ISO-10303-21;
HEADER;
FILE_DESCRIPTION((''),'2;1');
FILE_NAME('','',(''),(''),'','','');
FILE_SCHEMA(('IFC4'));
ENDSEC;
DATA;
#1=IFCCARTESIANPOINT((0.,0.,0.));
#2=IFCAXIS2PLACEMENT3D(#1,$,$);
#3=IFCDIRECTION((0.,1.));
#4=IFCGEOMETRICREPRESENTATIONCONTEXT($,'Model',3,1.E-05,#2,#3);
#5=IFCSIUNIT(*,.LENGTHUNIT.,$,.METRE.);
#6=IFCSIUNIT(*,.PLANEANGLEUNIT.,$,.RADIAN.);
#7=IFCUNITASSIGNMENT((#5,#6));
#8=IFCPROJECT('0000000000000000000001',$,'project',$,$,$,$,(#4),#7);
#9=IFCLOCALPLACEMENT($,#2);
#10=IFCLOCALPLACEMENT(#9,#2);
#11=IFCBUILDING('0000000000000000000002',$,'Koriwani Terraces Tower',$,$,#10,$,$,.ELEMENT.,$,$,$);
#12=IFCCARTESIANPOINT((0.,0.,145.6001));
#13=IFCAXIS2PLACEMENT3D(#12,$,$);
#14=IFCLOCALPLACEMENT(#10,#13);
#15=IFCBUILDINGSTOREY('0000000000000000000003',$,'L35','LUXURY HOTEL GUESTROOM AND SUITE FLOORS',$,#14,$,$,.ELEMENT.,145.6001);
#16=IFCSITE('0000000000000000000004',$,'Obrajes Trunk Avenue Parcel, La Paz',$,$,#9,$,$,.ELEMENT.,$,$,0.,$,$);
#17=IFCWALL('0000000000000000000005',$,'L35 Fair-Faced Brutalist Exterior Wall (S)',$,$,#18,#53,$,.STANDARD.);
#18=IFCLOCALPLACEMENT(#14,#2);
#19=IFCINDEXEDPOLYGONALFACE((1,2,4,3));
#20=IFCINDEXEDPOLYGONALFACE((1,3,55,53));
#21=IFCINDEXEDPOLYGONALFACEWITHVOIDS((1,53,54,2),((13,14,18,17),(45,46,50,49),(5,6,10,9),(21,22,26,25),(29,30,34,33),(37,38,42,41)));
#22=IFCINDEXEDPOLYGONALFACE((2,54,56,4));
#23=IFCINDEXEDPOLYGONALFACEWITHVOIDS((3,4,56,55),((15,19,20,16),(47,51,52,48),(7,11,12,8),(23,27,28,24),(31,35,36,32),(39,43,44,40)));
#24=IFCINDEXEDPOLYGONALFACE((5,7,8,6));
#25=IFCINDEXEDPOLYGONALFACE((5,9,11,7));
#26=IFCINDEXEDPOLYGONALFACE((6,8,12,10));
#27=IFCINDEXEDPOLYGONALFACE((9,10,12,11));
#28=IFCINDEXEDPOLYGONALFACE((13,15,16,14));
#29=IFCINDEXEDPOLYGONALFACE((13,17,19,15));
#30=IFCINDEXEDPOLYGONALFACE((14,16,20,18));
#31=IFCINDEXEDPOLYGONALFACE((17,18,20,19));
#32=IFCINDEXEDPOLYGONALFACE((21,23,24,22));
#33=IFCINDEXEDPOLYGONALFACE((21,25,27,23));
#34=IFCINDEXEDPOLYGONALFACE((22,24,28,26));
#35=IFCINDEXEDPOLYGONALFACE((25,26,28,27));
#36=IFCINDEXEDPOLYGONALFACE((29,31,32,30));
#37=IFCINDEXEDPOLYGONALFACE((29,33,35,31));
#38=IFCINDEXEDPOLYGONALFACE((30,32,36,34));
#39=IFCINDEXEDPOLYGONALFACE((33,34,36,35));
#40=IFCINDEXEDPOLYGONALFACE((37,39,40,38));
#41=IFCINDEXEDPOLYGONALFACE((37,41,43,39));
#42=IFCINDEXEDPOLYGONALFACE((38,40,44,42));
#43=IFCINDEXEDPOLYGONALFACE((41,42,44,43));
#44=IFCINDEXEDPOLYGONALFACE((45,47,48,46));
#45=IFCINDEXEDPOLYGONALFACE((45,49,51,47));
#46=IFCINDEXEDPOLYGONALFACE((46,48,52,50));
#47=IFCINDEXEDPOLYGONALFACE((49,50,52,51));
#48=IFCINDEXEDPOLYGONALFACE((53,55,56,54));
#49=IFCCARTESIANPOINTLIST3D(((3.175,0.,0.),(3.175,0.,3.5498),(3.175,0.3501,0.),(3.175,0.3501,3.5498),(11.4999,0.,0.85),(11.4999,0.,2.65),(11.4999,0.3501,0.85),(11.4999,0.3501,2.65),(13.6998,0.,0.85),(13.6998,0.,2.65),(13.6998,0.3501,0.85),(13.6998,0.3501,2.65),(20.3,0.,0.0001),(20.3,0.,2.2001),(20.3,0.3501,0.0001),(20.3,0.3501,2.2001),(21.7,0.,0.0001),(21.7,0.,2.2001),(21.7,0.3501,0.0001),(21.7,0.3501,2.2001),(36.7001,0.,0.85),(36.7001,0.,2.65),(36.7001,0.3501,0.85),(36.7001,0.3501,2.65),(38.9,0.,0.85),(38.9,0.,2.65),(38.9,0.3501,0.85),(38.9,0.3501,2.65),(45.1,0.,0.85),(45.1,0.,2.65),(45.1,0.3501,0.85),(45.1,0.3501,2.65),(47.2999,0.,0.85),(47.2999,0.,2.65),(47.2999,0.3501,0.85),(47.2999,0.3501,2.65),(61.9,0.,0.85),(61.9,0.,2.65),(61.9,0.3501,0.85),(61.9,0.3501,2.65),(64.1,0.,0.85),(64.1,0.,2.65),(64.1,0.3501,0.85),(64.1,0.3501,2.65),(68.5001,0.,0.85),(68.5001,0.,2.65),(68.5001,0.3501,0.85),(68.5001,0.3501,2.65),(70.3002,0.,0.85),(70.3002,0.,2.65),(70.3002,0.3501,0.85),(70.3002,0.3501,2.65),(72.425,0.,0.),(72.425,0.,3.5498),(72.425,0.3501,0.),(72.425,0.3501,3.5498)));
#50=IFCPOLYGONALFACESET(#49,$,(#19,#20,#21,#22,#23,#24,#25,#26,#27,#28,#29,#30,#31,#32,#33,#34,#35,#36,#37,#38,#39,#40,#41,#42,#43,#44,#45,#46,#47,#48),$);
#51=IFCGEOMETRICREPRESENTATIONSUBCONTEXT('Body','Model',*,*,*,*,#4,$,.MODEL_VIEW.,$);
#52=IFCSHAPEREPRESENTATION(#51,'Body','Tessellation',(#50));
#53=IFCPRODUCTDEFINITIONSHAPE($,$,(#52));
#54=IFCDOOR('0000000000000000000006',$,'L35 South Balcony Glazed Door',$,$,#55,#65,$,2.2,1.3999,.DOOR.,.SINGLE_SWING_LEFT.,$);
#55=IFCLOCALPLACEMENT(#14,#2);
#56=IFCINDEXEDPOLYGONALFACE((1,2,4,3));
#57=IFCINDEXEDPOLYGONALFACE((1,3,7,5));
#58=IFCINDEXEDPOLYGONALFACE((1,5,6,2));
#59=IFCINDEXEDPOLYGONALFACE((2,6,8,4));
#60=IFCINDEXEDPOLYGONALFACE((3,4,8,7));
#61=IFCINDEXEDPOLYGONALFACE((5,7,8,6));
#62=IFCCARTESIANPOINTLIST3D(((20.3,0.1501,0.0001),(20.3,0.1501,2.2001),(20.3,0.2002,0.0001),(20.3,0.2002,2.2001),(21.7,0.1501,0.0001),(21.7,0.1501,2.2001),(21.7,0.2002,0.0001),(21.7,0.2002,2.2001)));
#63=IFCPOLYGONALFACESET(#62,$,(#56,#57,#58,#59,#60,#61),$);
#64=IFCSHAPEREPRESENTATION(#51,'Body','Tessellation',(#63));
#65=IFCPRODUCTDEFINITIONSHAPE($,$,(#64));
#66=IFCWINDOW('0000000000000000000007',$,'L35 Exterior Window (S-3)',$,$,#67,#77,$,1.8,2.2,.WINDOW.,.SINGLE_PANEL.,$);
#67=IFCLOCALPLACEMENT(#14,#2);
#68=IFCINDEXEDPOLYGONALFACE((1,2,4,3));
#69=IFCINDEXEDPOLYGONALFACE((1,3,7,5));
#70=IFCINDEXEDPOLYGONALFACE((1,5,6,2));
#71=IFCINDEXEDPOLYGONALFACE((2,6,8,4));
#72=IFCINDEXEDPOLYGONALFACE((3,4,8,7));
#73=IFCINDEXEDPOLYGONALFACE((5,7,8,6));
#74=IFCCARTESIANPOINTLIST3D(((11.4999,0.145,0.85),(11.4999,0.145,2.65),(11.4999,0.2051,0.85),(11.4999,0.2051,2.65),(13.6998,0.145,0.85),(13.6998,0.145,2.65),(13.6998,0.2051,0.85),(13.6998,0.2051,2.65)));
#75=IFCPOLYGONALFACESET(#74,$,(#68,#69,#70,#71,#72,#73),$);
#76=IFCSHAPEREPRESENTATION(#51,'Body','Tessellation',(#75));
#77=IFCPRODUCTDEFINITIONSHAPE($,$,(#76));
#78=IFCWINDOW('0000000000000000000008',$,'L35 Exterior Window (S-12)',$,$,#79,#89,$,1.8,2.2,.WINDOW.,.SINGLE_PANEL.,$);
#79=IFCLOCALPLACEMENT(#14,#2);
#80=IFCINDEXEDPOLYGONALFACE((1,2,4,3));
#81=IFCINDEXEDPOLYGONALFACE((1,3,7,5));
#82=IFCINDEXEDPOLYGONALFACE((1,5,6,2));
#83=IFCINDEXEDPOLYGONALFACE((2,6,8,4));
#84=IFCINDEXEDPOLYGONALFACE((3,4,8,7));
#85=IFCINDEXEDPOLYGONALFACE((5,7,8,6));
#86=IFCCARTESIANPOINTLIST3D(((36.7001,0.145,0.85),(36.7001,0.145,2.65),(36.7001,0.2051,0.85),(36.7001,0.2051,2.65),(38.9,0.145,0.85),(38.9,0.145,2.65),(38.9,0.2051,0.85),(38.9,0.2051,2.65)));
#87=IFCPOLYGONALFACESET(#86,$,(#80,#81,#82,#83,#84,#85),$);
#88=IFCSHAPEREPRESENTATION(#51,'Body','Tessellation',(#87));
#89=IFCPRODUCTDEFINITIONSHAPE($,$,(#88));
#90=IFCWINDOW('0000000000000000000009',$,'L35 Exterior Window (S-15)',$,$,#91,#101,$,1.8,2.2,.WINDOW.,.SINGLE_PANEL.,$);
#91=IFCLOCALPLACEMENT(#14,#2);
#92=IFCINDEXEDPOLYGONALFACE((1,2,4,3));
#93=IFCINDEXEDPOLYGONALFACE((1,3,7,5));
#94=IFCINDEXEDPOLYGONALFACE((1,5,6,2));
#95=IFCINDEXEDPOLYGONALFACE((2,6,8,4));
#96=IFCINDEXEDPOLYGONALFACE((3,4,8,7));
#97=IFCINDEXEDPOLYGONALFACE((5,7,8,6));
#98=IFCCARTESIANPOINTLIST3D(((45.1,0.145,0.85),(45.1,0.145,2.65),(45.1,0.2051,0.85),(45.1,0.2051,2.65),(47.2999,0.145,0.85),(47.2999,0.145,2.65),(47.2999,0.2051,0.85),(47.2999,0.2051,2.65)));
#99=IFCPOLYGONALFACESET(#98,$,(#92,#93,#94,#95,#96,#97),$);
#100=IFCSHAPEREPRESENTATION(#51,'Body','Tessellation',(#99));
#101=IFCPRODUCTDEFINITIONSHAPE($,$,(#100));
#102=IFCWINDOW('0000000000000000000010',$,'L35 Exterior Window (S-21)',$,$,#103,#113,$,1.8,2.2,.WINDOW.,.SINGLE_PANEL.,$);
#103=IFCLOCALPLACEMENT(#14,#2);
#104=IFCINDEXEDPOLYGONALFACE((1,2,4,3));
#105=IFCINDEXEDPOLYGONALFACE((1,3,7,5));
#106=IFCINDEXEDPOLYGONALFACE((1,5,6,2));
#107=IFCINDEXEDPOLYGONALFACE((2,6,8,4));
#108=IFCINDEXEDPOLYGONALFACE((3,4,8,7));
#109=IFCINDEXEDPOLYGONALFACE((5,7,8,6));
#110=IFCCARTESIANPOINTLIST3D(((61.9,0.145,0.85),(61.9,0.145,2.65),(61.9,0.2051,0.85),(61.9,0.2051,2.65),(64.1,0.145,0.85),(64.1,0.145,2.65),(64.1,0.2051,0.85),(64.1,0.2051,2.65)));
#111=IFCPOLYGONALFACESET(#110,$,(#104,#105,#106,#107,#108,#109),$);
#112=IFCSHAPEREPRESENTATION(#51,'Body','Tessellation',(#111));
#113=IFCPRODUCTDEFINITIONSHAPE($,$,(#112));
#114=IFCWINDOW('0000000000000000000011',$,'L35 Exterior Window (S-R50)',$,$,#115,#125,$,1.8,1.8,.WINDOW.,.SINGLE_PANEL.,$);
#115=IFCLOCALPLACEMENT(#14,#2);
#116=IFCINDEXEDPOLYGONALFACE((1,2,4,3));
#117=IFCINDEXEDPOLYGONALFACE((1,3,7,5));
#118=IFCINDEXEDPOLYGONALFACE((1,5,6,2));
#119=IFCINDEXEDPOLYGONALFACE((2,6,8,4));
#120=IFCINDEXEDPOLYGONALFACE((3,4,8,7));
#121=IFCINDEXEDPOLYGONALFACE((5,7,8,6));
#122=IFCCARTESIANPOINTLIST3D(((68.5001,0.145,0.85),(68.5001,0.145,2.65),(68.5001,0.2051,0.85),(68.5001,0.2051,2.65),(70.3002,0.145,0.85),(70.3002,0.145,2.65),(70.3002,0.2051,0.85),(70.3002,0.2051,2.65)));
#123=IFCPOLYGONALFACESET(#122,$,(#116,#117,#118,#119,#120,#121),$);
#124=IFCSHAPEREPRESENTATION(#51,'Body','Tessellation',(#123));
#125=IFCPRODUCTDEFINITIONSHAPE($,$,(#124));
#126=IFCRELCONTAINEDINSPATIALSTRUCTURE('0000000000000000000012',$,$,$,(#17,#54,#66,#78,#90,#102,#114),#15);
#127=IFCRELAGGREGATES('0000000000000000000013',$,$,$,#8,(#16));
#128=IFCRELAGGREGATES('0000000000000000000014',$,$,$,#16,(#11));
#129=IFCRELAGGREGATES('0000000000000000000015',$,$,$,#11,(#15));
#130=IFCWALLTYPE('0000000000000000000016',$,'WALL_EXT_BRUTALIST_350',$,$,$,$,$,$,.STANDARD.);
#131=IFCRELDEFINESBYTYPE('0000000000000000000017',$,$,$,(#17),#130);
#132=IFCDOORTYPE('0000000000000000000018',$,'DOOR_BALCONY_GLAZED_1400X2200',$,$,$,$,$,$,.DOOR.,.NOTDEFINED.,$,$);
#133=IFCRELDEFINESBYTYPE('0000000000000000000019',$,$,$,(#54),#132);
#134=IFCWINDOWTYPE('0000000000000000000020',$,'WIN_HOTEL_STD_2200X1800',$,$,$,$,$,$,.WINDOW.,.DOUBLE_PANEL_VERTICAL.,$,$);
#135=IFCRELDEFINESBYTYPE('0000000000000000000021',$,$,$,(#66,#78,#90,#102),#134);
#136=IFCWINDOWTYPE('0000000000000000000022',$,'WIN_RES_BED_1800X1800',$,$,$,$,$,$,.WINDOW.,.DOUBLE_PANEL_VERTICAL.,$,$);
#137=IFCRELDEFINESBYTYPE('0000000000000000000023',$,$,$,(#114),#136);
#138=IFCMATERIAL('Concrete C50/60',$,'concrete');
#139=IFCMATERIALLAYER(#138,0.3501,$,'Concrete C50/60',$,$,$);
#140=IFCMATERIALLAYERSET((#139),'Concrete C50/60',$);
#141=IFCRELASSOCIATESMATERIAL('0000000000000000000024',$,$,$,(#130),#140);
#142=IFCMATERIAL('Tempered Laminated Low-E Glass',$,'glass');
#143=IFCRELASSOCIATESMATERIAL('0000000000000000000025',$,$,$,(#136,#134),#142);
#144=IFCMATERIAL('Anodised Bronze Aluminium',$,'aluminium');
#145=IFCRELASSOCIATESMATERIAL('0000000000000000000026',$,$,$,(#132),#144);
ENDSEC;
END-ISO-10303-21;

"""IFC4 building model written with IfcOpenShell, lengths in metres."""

from ifc_helpers import new_model, si_unit, direction, frame, frame_2d, origin, place, context, subcontext, project, spatial, rectangle, extrude, material, layer, layer_set, type_object, element, fill, save


model = new_model("IFC4")

# Units and contexts
model_context = context("Model", 3, precision=1e-05, world=origin(), true_north=direction((0.0, 1.0)))
body_context = subcontext(model_context, "Body", "Model", "MODEL_VIEW")
ifc_project = project(units=[si_unit("LENGTHUNIT", "METRE"), si_unit("PLANEANGLEUNIT", "RADIAN")], contexts=[model_context])

# Site, building, storey
site_placement = place(None, origin())
site = spatial("IfcSite", under=ifc_project, at=site_placement, Name="Obrajes Trunk Avenue Parcel, La Paz", CompositionType="ELEMENT", RefElevation=0.0)
building_placement = place(site_placement, origin())
building = spatial("IfcBuilding", under=site, at=building_placement, Name="Koriwani Terraces Tower", CompositionType="ELEMENT")
storey_placement = place(building_placement, frame((0.0, 0.0, 145.6001)))
storey = spatial("IfcBuildingStorey", under=building, at=storey_placement, Name="L35", Description="LUXURY HOTEL GUESTROOM AND SUITE FLOORS", CompositionType="ELEMENT", Elevation=145.6001)

# Shared definitions
ifc_material_1 = material(Name="Concrete C50/60", Category="concrete")

# Shared definitions
ifc_layer_1 = layer(ifc_material_1, 0.3501, Name="Concrete C50/60")
ifc_layer_set_1 = layer_set([ifc_layer_1], Name="Concrete C50/60")
wall_type_1 = type_object("IfcWallType", Name="WALL_EXT_BRUTALIST_350", PredefinedType="STANDARD", material=ifc_layer_set_1)

# Shared definitions
ifc_material_2 = material(Name="Tempered Laminated Low-E Glass", Category="glass")
window_type_1 = type_object("IfcWindowType", Name="WIN_RES_BED_1800X1800", PartitioningType="DOUBLE_PANEL_VERTICAL", PredefinedType="WINDOW", material=ifc_material_2)

# Wall, openings, door, windows
wall_1_placement = place(storey_placement, frame((72.425, 0.175, 0.0), z_axis=(0.0, 0.0, 1.0), x_axis=(-1.0, 0.0, 0.0)))
wall_1 = element("IfcWall", 1, at=wall_1_placement, inside=storey, type_object=wall_type_1, Name="L35 Fair-Faced Brutalist Exterior Wall (S)", PredefinedType="STANDARD", context=body_context, shape_type="SweptSolid", body=[
    extrude(rectangle(XDim=69.25, YDim=0.3501, at=frame_2d((34.625, 0.0))), origin(), (0.0, 0.0, 1.0), 3.5498),
])
opening_1_placement = place(wall_1_placement, frame((50.7251, 0.0, 0.0)))
opening_1 = element("IfcOpeningElement", 2, at=opening_1_placement, cuts=wall_1, PredefinedType="OPENING", context=body_context, shape_type="SweptSolid", body=[
    extrude(rectangle(XDim=1.3999, YDim=2.2, at=frame_2d((0.7, 1.1001))), frame((0.0, 0.1851, 0.0), z_axis=(0.0, -1.0, 0.0), x_axis=(1.0, 0.0, 0.0)), (0.0, 0.0, 1.0), 0.3701),
])
opening_2_placement = place(wall_1_placement, frame((58.7251, 0.0, 0.8501)))
opening_2 = element("IfcOpeningElement", 3, at=opening_2_placement, cuts=wall_1, PredefinedType="OPENING", context=body_context, shape_type="SweptSolid", body=[
    extrude(rectangle(XDim=2.2, YDim=1.8, at=frame_2d((1.1001, 0.8999))), frame((0.0, 0.1851, 0.0), z_axis=(0.0, -1.0, 0.0), x_axis=(1.0, 0.0, 0.0)), (0.0, 0.0, 1.0), 0.3701),
])
opening_3_placement = place(wall_1_placement, frame((33.5249, 0.0, 0.8501)))
opening_3 = element("IfcOpeningElement", 4, at=opening_3_placement, cuts=wall_1, PredefinedType="OPENING", context=body_context, shape_type="SweptSolid", body=[
    extrude(rectangle(XDim=2.2, YDim=1.8, at=frame_2d((1.1001, 0.8999))), frame((0.0, 0.1851, 0.0), z_axis=(0.0, -1.0, 0.0), x_axis=(1.0, 0.0, 0.0)), (0.0, 0.0, 1.0), 0.3701),
])
opening_4_placement = place(wall_1_placement, frame((25.125, 0.0, 0.8501)))
opening_4 = element("IfcOpeningElement", 5, at=opening_4_placement, cuts=wall_1, PredefinedType="OPENING", context=body_context, shape_type="SweptSolid", body=[
    extrude(rectangle(XDim=2.2, YDim=1.8, at=frame_2d((1.1001, 0.8999))), frame((0.0, 0.1851, 0.0), z_axis=(0.0, -1.0, 0.0), x_axis=(1.0, 0.0, 0.0)), (0.0, 0.0, 1.0), 0.3701),
])
opening_5_placement = place(wall_1_placement, frame((8.325, 0.0, 0.8501)))
opening_5 = element("IfcOpeningElement", 6, at=opening_5_placement, cuts=wall_1, PredefinedType="OPENING", context=body_context, shape_type="SweptSolid", body=[
    extrude(rectangle(XDim=2.2, YDim=1.8, at=frame_2d((1.1001, 0.8999))), frame((0.0, 0.1851, 0.0), z_axis=(0.0, -1.0, 0.0), x_axis=(1.0, 0.0, 0.0)), (0.0, 0.0, 1.0), 0.3701),
])
opening_6_placement = place(wall_1_placement, frame((2.125, 0.0, 0.8501)))
opening_6 = element("IfcOpeningElement", 7, at=opening_6_placement, cuts=wall_1, PredefinedType="OPENING", context=body_context, shape_type="SweptSolid", body=[
    extrude(rectangle(XDim=1.8, YDim=1.8, at=frame_2d((0.8999, 0.8999))), frame((0.0, 0.1851, 0.0), z_axis=(0.0, -1.0, 0.0), x_axis=(1.0, 0.0, 0.0)), (0.0, 0.0, 1.0), 0.3701),
])
ifc_material_3 = material(Name="Anodised Bronze Aluminium", Category="aluminium")
door_type = type_object("IfcDoorType", Name="DOOR_BALCONY_GLAZED_1400X2200", OperationType="NOTDEFINED", PredefinedType="DOOR", material=ifc_material_3)
door_placement = place(opening_1_placement, origin())
door = element("IfcDoor", 8, at=door_placement, inside=storey, type_object=door_type, Name="L35 South Balcony Glazed Door", OperationType="SINGLE_SWING_LEFT", OverallHeight=2.2, OverallWidth=1.3999, PredefinedType="DOOR", context=body_context, shape_type="SweptSolid", body=[
    extrude(rectangle(XDim=1.3999, YDim=2.2, at=frame_2d((0.7, 1.1001))), frame((0.0, 0.0249, 0.0), z_axis=(0.0, -1.0, 0.0), x_axis=(1.0, 0.0, 0.0)), (0.0, 0.0, 1.0), 0.05),
])
fill(opening_1, door)
window_type_2 = type_object("IfcWindowType", Name="WIN_HOTEL_STD_2200X1800", PartitioningType="DOUBLE_PANEL_VERTICAL", PredefinedType="WINDOW", material=ifc_material_2)
window_1_placement = place(opening_2_placement, origin())
window_1 = element("IfcWindow", 9, at=window_1_placement, inside=storey, type_object=window_type_2, Name="L35 Exterior Window (S-3)", OverallHeight=1.8, OverallWidth=2.2, PartitioningType="SINGLE_PANEL", PredefinedType="WINDOW", context=body_context, shape_type="SweptSolid", body=[
    extrude(rectangle(XDim=2.2, YDim=1.8, at=frame_2d((1.1001, 0.8999))), frame((0.0, 0.03, 0.0), z_axis=(0.0, -1.0, 0.0), x_axis=(1.0, 0.0, 0.0)), (0.0, 0.0, 1.0), 0.0601),
])
fill(opening_2, window_1)
window_2_placement = place(opening_3_placement, origin())
window_2 = element("IfcWindow", 10, at=window_2_placement, inside=storey, type_object=window_type_2, Name="L35 Exterior Window (S-12)", OverallHeight=1.8, OverallWidth=2.2, PartitioningType="SINGLE_PANEL", PredefinedType="WINDOW", context=body_context, shape_type="SweptSolid", body=[
    extrude(rectangle(XDim=2.2, YDim=1.8, at=frame_2d((1.1001, 0.8999))), frame((0.0, 0.03, 0.0), z_axis=(0.0, -1.0, 0.0), x_axis=(1.0, 0.0, 0.0)), (0.0, 0.0, 1.0), 0.0601),
])
fill(opening_3, window_2)
window_3_placement = place(opening_4_placement, origin())
window_3 = element("IfcWindow", 11, at=window_3_placement, inside=storey, type_object=window_type_2, Name="L35 Exterior Window (S-15)", OverallHeight=1.8, OverallWidth=2.2, PartitioningType="SINGLE_PANEL", PredefinedType="WINDOW", context=body_context, shape_type="SweptSolid", body=[
    extrude(rectangle(XDim=2.2, YDim=1.8, at=frame_2d((1.1001, 0.8999))), frame((0.0, 0.03, 0.0), z_axis=(0.0, -1.0, 0.0), x_axis=(1.0, 0.0, 0.0)), (0.0, 0.0, 1.0), 0.0601),
])
fill(opening_4, window_3)
window_4_placement = place(opening_5_placement, origin())
window_4 = element("IfcWindow", 12, at=window_4_placement, inside=storey, type_object=window_type_2, Name="L35 Exterior Window (S-21)", OverallHeight=1.8, OverallWidth=2.2, PartitioningType="SINGLE_PANEL", PredefinedType="WINDOW", context=body_context, shape_type="SweptSolid", body=[
    extrude(rectangle(XDim=2.2, YDim=1.8, at=frame_2d((1.1001, 0.8999))), frame((0.0, 0.03, 0.0), z_axis=(0.0, -1.0, 0.0), x_axis=(1.0, 0.0, 0.0)), (0.0, 0.0, 1.0), 0.0601),
])
fill(opening_5, window_4)
window_5_placement = place(opening_6_placement, origin())
window_5 = element("IfcWindow", 13, at=window_5_placement, inside=storey, type_object=window_type_1, Name="L35 Exterior Window (S-R50)", OverallHeight=1.8, OverallWidth=1.8, PartitioningType="SINGLE_PANEL", PredefinedType="WINDOW", context=body_context, shape_type="SweptSolid", body=[
    extrude(rectangle(XDim=1.8, YDim=1.8, at=frame_2d((0.8999, 0.8999))), frame((0.0, 0.03, 0.0), z_axis=(0.0, -1.0, 0.0), x_axis=(1.0, 0.0, 0.0)), (0.0, 0.0, 1.0), 0.0601),
])
fill(opening_6, window_5)

save(model, "model.ifc")
